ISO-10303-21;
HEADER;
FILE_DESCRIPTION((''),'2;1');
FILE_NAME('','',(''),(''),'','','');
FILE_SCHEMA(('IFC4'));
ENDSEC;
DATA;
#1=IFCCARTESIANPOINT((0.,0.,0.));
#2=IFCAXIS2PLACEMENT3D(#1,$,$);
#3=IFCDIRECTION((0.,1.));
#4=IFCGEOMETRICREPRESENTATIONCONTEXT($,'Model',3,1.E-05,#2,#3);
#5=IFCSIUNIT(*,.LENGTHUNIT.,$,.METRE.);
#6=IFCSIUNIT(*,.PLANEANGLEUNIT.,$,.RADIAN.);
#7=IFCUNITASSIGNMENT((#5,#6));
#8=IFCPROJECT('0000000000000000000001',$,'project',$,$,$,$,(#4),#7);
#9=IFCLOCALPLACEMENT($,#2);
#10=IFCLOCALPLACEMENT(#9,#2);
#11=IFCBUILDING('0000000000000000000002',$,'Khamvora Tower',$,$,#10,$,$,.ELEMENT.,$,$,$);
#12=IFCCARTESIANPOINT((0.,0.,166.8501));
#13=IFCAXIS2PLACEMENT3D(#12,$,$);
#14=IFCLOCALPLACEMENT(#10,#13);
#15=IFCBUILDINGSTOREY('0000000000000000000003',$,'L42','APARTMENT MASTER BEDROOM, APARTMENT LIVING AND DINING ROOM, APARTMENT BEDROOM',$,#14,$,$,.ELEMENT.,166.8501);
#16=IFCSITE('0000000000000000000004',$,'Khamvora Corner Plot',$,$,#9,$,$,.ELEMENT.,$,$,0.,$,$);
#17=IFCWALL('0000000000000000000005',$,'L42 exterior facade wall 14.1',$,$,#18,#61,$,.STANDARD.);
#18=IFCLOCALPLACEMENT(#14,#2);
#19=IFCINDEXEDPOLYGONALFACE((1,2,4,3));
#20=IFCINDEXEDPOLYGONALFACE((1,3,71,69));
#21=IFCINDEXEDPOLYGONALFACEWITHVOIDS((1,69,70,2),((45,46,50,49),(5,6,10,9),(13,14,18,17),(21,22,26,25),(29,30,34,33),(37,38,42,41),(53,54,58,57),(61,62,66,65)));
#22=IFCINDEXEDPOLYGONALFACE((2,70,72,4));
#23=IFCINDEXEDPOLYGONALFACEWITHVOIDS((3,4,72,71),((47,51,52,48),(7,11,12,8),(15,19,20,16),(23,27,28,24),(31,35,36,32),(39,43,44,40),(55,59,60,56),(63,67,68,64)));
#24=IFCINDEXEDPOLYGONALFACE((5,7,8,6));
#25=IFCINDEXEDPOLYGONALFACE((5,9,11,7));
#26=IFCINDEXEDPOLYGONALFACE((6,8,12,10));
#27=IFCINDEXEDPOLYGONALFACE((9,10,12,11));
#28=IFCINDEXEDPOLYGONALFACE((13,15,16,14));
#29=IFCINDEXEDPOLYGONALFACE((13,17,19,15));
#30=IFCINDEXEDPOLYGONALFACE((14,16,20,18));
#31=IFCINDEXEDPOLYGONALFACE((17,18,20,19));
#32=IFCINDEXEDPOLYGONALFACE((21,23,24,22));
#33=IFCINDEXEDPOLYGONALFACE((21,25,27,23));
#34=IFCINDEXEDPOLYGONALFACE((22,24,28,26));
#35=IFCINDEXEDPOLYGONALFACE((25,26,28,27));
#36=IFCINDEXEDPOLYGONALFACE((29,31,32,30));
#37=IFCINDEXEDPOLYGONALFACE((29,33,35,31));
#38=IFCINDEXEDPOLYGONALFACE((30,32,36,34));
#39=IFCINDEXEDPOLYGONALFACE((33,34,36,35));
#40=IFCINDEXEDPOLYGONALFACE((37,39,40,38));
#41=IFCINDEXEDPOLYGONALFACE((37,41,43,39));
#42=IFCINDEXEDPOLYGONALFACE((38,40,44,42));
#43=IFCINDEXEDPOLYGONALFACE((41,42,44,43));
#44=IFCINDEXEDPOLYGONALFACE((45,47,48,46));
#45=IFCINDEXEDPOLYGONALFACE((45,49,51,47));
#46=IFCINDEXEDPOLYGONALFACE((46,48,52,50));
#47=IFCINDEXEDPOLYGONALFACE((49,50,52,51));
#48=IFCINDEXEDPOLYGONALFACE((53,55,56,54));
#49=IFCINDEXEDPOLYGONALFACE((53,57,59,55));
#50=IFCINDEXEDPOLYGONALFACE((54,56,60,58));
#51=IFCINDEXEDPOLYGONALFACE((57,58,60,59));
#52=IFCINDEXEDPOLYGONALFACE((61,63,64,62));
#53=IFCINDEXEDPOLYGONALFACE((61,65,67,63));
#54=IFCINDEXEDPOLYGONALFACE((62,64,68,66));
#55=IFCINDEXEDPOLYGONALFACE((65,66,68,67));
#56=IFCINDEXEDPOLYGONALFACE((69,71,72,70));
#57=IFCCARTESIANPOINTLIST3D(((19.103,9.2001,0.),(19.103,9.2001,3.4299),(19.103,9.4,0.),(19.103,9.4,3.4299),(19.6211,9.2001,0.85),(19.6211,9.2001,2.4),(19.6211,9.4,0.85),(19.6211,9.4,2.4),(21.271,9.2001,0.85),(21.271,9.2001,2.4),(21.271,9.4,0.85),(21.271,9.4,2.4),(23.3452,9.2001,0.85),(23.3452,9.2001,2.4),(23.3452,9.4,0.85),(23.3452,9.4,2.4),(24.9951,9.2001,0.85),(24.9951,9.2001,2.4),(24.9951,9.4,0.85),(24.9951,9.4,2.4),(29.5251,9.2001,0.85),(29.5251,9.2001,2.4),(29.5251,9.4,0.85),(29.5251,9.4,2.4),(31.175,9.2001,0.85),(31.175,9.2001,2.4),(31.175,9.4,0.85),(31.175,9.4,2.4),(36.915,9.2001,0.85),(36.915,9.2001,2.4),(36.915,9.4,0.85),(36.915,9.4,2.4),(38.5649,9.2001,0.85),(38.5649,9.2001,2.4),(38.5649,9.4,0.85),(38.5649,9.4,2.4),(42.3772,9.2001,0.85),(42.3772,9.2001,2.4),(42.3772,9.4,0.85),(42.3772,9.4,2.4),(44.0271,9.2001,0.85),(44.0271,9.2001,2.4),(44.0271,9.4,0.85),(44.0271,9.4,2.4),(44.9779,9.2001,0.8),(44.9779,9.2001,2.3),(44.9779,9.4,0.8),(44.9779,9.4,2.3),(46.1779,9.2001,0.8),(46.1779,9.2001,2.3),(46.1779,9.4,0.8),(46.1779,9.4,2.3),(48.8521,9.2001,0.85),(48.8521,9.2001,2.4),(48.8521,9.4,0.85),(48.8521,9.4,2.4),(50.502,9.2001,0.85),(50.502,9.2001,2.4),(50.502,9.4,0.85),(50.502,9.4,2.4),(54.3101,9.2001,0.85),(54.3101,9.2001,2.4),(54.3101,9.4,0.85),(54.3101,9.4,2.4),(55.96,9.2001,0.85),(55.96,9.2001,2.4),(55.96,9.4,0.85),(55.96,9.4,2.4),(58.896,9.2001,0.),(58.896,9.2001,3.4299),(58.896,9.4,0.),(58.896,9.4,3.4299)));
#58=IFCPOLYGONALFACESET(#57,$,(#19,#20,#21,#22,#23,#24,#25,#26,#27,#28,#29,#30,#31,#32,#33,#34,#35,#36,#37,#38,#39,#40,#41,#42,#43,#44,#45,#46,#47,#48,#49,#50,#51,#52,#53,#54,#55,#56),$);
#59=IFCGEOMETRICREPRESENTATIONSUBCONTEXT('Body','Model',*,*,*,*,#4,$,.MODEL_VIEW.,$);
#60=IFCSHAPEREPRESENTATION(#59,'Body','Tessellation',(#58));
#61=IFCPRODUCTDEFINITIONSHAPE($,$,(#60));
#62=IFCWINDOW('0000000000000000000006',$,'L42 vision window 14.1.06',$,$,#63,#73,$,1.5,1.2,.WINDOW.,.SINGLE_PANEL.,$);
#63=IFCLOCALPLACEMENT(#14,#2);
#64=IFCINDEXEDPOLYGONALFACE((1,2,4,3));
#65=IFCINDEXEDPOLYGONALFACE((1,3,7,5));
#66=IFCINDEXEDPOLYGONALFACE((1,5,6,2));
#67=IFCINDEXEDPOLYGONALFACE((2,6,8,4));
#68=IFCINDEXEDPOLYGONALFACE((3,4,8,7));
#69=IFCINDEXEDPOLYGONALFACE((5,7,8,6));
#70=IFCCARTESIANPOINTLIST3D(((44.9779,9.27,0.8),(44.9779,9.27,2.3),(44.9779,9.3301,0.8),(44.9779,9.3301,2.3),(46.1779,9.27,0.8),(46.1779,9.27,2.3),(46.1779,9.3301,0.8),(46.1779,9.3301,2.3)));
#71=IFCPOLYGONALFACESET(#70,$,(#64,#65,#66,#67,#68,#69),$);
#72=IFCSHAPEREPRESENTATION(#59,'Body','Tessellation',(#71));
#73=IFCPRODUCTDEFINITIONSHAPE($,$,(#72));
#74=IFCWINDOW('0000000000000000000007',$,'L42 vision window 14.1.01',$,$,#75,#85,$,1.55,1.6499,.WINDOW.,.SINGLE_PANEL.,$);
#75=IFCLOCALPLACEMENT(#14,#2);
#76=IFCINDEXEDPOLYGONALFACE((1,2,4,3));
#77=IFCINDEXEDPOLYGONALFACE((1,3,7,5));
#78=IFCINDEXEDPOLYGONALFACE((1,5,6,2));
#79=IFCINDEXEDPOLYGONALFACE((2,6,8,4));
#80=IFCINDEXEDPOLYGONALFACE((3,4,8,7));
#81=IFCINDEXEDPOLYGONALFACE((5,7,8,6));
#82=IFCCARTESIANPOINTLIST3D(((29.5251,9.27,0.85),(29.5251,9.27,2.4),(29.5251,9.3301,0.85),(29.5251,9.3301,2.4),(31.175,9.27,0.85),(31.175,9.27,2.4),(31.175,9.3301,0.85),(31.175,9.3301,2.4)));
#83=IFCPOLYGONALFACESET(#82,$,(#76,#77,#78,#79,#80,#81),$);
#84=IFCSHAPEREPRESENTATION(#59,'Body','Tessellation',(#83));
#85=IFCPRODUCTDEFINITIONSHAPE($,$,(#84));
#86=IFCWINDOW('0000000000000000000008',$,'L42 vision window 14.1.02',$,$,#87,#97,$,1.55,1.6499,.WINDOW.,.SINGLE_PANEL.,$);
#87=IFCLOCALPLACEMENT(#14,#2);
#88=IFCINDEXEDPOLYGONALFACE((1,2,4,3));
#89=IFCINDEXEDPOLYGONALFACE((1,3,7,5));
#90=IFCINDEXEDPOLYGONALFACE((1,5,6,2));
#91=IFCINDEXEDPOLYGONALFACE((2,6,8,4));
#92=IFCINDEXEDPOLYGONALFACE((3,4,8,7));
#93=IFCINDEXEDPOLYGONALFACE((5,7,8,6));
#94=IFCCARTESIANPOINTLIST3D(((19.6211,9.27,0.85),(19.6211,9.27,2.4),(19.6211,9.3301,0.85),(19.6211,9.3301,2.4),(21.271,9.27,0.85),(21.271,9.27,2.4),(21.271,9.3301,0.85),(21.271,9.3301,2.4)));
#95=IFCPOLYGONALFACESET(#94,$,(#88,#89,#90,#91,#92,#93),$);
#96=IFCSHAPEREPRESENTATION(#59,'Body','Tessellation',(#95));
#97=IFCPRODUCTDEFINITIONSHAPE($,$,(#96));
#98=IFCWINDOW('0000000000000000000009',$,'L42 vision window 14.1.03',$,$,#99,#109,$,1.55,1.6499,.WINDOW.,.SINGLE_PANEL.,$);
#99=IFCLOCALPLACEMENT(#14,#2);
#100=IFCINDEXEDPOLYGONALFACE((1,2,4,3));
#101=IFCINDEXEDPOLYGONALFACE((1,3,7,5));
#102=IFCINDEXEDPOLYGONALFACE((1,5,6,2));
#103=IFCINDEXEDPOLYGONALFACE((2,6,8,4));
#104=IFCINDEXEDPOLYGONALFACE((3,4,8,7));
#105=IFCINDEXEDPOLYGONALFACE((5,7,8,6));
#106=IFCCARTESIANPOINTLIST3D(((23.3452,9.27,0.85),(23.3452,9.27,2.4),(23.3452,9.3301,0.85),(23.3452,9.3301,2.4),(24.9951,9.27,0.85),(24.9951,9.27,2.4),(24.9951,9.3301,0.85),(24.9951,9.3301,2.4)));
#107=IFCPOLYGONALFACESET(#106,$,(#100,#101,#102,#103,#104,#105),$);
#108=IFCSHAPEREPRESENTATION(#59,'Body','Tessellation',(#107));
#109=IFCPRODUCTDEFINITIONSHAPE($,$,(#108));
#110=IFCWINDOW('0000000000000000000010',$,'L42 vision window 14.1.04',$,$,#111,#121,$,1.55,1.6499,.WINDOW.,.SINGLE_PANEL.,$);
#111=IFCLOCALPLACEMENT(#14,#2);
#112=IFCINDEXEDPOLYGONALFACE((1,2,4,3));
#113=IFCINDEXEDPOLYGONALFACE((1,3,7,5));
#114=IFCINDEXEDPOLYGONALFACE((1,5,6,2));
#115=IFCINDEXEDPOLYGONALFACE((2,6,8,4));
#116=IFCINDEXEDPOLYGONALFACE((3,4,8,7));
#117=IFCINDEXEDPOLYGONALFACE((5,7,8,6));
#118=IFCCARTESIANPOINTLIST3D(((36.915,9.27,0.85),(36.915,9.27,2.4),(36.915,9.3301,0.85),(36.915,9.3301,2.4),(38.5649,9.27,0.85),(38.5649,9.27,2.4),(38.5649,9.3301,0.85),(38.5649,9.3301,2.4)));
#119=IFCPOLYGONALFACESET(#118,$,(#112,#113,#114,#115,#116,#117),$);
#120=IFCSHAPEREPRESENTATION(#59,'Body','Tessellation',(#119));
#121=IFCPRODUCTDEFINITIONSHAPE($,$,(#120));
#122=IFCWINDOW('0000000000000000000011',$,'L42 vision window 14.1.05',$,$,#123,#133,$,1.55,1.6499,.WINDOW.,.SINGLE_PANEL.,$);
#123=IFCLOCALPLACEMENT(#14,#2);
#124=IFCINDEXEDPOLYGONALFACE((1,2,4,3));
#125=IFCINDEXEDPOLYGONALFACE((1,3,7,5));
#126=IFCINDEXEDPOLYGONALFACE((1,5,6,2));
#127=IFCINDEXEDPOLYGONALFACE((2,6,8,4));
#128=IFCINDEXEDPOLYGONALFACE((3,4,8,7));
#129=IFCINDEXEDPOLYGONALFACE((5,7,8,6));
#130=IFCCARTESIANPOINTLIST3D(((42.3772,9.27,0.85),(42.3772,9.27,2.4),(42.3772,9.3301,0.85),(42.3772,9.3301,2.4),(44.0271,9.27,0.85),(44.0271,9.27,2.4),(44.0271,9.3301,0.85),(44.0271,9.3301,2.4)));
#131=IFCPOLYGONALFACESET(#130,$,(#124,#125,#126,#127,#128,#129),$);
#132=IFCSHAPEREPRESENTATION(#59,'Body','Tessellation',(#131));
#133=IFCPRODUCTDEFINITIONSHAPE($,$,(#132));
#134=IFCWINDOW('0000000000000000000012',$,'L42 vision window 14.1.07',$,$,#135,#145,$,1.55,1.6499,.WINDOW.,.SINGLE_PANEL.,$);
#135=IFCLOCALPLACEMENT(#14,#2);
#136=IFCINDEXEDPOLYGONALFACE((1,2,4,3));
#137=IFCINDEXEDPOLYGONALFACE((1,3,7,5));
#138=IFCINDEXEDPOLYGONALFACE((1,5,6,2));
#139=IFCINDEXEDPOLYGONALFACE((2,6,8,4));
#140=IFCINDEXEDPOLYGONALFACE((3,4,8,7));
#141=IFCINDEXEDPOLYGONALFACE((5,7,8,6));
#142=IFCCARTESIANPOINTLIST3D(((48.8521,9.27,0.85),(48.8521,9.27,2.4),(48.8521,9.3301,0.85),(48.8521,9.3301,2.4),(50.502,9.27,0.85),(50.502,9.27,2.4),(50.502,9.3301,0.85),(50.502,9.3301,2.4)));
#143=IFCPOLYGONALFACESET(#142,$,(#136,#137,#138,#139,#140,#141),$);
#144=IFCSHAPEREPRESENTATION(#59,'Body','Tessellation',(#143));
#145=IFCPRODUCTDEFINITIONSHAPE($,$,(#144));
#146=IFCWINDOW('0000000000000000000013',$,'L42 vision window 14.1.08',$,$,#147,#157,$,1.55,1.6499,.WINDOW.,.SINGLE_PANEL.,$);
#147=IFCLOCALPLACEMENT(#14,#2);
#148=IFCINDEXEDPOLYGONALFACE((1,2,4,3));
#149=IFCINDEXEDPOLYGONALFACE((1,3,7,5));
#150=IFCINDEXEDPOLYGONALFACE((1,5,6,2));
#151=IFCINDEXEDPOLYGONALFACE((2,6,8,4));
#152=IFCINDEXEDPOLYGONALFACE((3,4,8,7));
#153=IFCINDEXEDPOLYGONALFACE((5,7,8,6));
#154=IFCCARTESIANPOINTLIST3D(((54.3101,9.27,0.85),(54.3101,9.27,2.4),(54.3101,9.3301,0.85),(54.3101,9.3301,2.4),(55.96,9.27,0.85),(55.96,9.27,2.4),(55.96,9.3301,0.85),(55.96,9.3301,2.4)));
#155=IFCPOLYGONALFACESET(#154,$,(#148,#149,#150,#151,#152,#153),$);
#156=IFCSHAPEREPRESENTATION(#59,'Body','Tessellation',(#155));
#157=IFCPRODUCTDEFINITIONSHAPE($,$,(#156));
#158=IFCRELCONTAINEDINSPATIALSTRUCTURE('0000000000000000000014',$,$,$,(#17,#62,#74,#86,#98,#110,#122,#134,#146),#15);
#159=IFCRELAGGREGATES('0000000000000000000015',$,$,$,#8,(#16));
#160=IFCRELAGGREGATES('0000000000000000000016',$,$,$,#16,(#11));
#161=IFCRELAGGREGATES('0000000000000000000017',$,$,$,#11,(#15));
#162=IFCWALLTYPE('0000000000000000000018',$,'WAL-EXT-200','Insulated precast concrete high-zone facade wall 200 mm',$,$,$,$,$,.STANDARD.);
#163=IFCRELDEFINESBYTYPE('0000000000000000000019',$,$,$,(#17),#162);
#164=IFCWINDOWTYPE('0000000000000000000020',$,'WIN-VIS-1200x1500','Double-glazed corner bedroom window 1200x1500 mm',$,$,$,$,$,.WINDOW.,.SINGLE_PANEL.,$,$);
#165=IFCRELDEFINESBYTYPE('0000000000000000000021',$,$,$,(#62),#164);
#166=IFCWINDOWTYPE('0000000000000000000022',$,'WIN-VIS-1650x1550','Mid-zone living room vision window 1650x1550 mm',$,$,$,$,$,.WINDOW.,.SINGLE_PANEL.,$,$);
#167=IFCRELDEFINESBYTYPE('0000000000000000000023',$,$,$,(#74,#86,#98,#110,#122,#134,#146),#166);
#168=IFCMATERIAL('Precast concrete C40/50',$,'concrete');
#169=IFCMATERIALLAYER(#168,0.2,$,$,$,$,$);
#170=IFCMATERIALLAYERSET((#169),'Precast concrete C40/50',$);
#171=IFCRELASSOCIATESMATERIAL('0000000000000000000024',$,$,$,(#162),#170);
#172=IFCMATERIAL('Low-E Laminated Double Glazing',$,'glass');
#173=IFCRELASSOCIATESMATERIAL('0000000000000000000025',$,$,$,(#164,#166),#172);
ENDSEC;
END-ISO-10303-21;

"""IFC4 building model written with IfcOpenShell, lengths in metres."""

from ifc_helpers import new_model, si_unit, direction, frame, frame_2d, origin, place, context, subcontext, project, spatial, rectangle, extrude, material, layer, layer_set, type_object, element, fill, save


model = new_model("IFC4")

# Units and contexts
model_context = context("Model", 3, precision=1e-05, world=origin(), true_north=direction((0.0, 1.0)))
body_context = subcontext(model_context, "Body", "Model", "MODEL_VIEW")
ifc_project = project(units=[si_unit("LENGTHUNIT", "METRE"), si_unit("PLANEANGLEUNIT", "RADIAN")], contexts=[model_context])

# Site, building, storey
site_placement = place(None, origin())
site = spatial("IfcSite", under=ifc_project, at=site_placement, Name="Khamvora Corner Plot", CompositionType="ELEMENT", RefElevation=0.0)
building_placement = place(site_placement, origin())
building = spatial("IfcBuilding", under=site, at=building_placement, Name="Khamvora Tower", CompositionType="ELEMENT")
storey_placement = place(building_placement, frame((0.0, 0.0, 166.8501)))
storey = spatial("IfcBuildingStorey", under=building, at=storey_placement, Name="L42", Description="APARTMENT MASTER BEDROOM, APARTMENT LIVING AND DINING ROOM, APARTMENT BEDROOM", CompositionType="ELEMENT", Elevation=166.8501)

# Shared definitions
ifc_material_1 = material(Name="Precast concrete C40/50", Category="concrete")
ifc_layer_1 = layer(ifc_material_1, 0.2)
ifc_layer_set_1 = layer_set([ifc_layer_1], Name="Precast concrete C40/50")
wall_type_1 = type_object("IfcWallType", Name="WAL-EXT-200", Description="Insulated precast concrete high-zone facade wall 200 mm", PredefinedType="STANDARD", material=ifc_layer_set_1)

# Wall, openings, windows
wall_1_placement = place(storey_placement, frame((58.896, 9.3, 0.0), z_axis=(0.0, 0.0, 1.0), x_axis=(-1.0, 0.0, 0.0)))
wall_1 = element("IfcWall", 1, at=wall_1_placement, inside=storey, type_object=wall_type_1, Name="L42 exterior facade wall 14.1", PredefinedType="STANDARD", context=body_context, shape_type="SweptSolid", body=[
    extrude(rectangle(XDim=39.793, YDim=0.2, at=frame_2d((19.8965, 0.0))), origin(), (0.0, 0.0, 1.0), 3.4299),
])
opening_1_placement = place(wall_1_placement, frame((27.7209, 0.0, 0.8501)))
opening_1 = element("IfcOpeningElement", 2, at=opening_1_placement, cuts=wall_1, PredefinedType="OPENING", context=body_context, shape_type="SweptSolid", body=[
    extrude(rectangle(XDim=1.6499, YDim=1.55, at=frame_2d((0.825, 0.7749))), frame((0.0, 0.1099, 0.0), z_axis=(0.0, -1.0, 0.0), x_axis=(1.0, 0.0, 0.0)), (0.0, 0.0, 1.0), 0.22),
])
opening_2_placement = place(wall_1_placement, frame((37.625, 0.0, 0.8501)))
opening_2 = element("IfcOpeningElement", 3, at=opening_2_placement, cuts=wall_1, PredefinedType="OPENING", context=body_context, shape_type="SweptSolid", body=[
    extrude(rectangle(XDim=1.6499, YDim=1.55, at=frame_2d((0.825, 0.7749))), frame((0.0, 0.1099, 0.0), z_axis=(0.0, -1.0, 0.0), x_axis=(1.0, 0.0, 0.0)), (0.0, 0.0, 1.0), 0.22),
])
opening_3_placement = place(wall_1_placement, frame((33.9009, 0.0, 0.8501)))
opening_3 = element("IfcOpeningElement", 4, at=opening_3_placement, cuts=wall_1, PredefinedType="OPENING", context=body_context, shape_type="SweptSolid", body=[
    extrude(rectangle(XDim=1.6499, YDim=1.55, at=frame_2d((0.825, 0.7749))), frame((0.0, 0.1099, 0.0), z_axis=(0.0, -1.0, 0.0), x_axis=(1.0, 0.0, 0.0)), (0.0, 0.0, 1.0), 0.22),
])
opening_4_placement = place(wall_1_placement, frame((20.3311, 0.0, 0.8501)))
opening_4 = element("IfcOpeningElement", 5, at=opening_4_placement, cuts=wall_1, PredefinedType="OPENING", context=body_context, shape_type="SweptSolid", body=[
    extrude(rectangle(XDim=1.6499, YDim=1.55, at=frame_2d((0.825, 0.7749))), frame((0.0, 0.1099, 0.0), z_axis=(0.0, -1.0, 0.0), x_axis=(1.0, 0.0, 0.0)), (0.0, 0.0, 1.0), 0.22),
])
opening_5_placement = place(wall_1_placement, frame((14.8689, 0.0, 0.8501)))
opening_5 = element("IfcOpeningElement", 6, at=opening_5_placement, cuts=wall_1, PredefinedType="OPENING", context=body_context, shape_type="SweptSolid", body=[
    extrude(rectangle(XDim=1.6499, YDim=1.55, at=frame_2d((0.825, 0.7749))), frame((0.0, 0.1099, 0.0), z_axis=(0.0, -1.0, 0.0), x_axis=(1.0, 0.0, 0.0)), (0.0, 0.0, 1.0), 0.22),
])
opening_6_placement = place(wall_1_placement, frame((12.718, 0.0, 0.8)))
opening_6 = element("IfcOpeningElement", 7, at=opening_6_placement, cuts=wall_1, PredefinedType="OPENING", context=body_context, shape_type="SweptSolid", body=[
    extrude(rectangle(XDim=1.2, YDim=1.5, at=frame_2d((0.6001, 0.75))), frame((0.0, 0.1099, 0.0), z_axis=(0.0, -1.0, 0.0), x_axis=(1.0, 0.0, 0.0)), (0.0, 0.0, 1.0), 0.22),
])
opening_7_placement = place(wall_1_placement, frame((8.394, 0.0, 0.8501)))
opening_7 = element("IfcOpeningElement", 8, at=opening_7_placement, cuts=wall_1, PredefinedType="OPENING", context=body_context, shape_type="SweptSolid", body=[
    extrude(rectangle(XDim=1.6499, YDim=1.55, at=frame_2d((0.825, 0.7749))), frame((0.0, 0.1099, 0.0), z_axis=(0.0, -1.0, 0.0), x_axis=(1.0, 0.0, 0.0)), (0.0, 0.0, 1.0), 0.22),
])
opening_8_placement = place(wall_1_placement, frame((2.936, 0.0, 0.8501)))
opening_8 = element("IfcOpeningElement", 9, at=opening_8_placement, cuts=wall_1, PredefinedType="OPENING", context=body_context, shape_type="SweptSolid", body=[
    extrude(rectangle(XDim=1.6499, YDim=1.55, at=frame_2d((0.825, 0.7749))), frame((0.0, 0.1099, 0.0), z_axis=(0.0, -1.0, 0.0), x_axis=(1.0, 0.0, 0.0)), (0.0, 0.0, 1.0), 0.22),
])
ifc_material_2 = material(Name="Low-E Laminated Double Glazing", Category="glass")
window_type_1 = type_object("IfcWindowType", Name="WIN-VIS-1200x1500", Description="Double-glazed corner bedroom window 1200x1500 mm", PartitioningType="SINGLE_PANEL", PredefinedType="WINDOW", material=ifc_material_2)
window_1_placement = place(opening_6_placement, origin())
window_1 = element("IfcWindow", 10, at=window_1_placement, inside=storey, type_object=window_type_1, Name="L42 vision window 14.1.06", OverallHeight=1.5, OverallWidth=1.2, PartitioningType="SINGLE_PANEL", PredefinedType="WINDOW", context=body_context, shape_type="SweptSolid", body=[
    extrude(rectangle(XDim=1.2, YDim=1.5, at=frame_2d((0.6001, 0.75))), frame((0.0, 0.03, 0.0), z_axis=(0.0, -1.0, 0.0), x_axis=(1.0, 0.0, 0.0)), (0.0, 0.0, 1.0), 0.0601),
])
fill(opening_6, window_1)
window_type_2 = type_object("IfcWindowType", Name="WIN-VIS-1650x1550", Description="Mid-zone living room vision window 1650x1550 mm", PartitioningType="SINGLE_PANEL", PredefinedType="WINDOW", material=ifc_material_2)
window_2_placement = place(opening_1_placement, origin())
window_2 = element("IfcWindow", 11, at=window_2_placement, inside=storey, type_object=window_type_2, Name="L42 vision window 14.1.01", OverallHeight=1.55, OverallWidth=1.6499, PartitioningType="SINGLE_PANEL", PredefinedType="WINDOW", context=body_context, shape_type="SweptSolid", body=[
    extrude(rectangle(XDim=1.6499, YDim=1.55, at=frame_2d((0.825, 0.7749))), frame((0.0, 0.03, 0.0), z_axis=(0.0, -1.0, 0.0), x_axis=(1.0, 0.0, 0.0)), (0.0, 0.0, 1.0), 0.0601),
])
fill(opening_1, window_2)
window_3_placement = place(opening_2_placement, origin())
window_3 = element("IfcWindow", 12, at=window_3_placement, inside=storey, type_object=window_type_2, Name="L42 vision window 14.1.02", OverallHeight=1.55, OverallWidth=1.6499, PartitioningType="SINGLE_PANEL", PredefinedType="WINDOW", context=body_context, shape_type="SweptSolid", body=[
    extrude(rectangle(XDim=1.6499, YDim=1.55, at=frame_2d((0.825, 0.7749))), frame((0.0, 0.03, 0.0), z_axis=(0.0, -1.0, 0.0), x_axis=(1.0, 0.0, 0.0)), (0.0, 0.0, 1.0), 0.0601),
])
fill(opening_2, window_3)
window_4_placement = place(opening_3_placement, origin())
window_4 = element("IfcWindow", 13, at=window_4_placement, inside=storey, type_object=window_type_2, Name="L42 vision window 14.1.03", OverallHeight=1.55, OverallWidth=1.6499, PartitioningType="SINGLE_PANEL", PredefinedType="WINDOW", context=body_context, shape_type="SweptSolid", body=[
    extrude(rectangle(XDim=1.6499, YDim=1.55, at=frame_2d((0.825, 0.7749))), frame((0.0, 0.03, 0.0), z_axis=(0.0, -1.0, 0.0), x_axis=(1.0, 0.0, 0.0)), (0.0, 0.0, 1.0), 0.0601),
])
fill(opening_3, window_4)
window_5_placement = place(opening_4_placement, origin())
window_5 = element("IfcWindow", 14, at=window_5_placement, inside=storey, type_object=window_type_2, Name="L42 vision window 14.1.04", OverallHeight=1.55, OverallWidth=1.6499, PartitioningType="SINGLE_PANEL", PredefinedType="WINDOW", context=body_context, shape_type="SweptSolid", body=[
    extrude(rectangle(XDim=1.6499, YDim=1.55, at=frame_2d((0.825, 0.7749))), frame((0.0, 0.03, 0.0), z_axis=(0.0, -1.0, 0.0), x_axis=(1.0, 0.0, 0.0)), (0.0, 0.0, 1.0), 0.0601),
])
fill(opening_4, window_5)
window_6_placement = place(opening_5_placement, origin())
window_6 = element("IfcWindow", 15, at=window_6_placement, inside=storey, type_object=window_type_2, Name="L42 vision window 14.1.05", OverallHeight=1.55, OverallWidth=1.6499, PartitioningType="SINGLE_PANEL", PredefinedType="WINDOW", context=body_context, shape_type="SweptSolid", body=[
    extrude(rectangle(XDim=1.6499, YDim=1.55, at=frame_2d((0.825, 0.7749))), frame((0.0, 0.03, 0.0), z_axis=(0.0, -1.0, 0.0), x_axis=(1.0, 0.0, 0.0)), (0.0, 0.0, 1.0), 0.0601),
])
fill(opening_5, window_6)
window_7_placement = place(opening_7_placement, origin())
window_7 = element("IfcWindow", 16, at=window_7_placement, inside=storey, type_object=window_type_2, Name="L42 vision window 14.1.07", OverallHeight=1.55, OverallWidth=1.6499, PartitioningType="SINGLE_PANEL", PredefinedType="WINDOW", context=body_context, shape_type="SweptSolid", body=[
    extrude(rectangle(XDim=1.6499, YDim=1.55, at=frame_2d((0.825, 0.7749))), frame((0.0, 0.03, 0.0), z_axis=(0.0, -1.0, 0.0), x_axis=(1.0, 0.0, 0.0)), (0.0, 0.0, 1.0), 0.0601),
])
fill(opening_7, window_7)
window_8_placement = place(opening_8_placement, origin())
window_8 = element("IfcWindow", 17, at=window_8_placement, inside=storey, type_object=window_type_2, Name="L42 vision window 14.1.08", OverallHeight=1.55, OverallWidth=1.6499, PartitioningType="SINGLE_PANEL", PredefinedType="WINDOW", context=body_context, shape_type="SweptSolid", body=[
    extrude(rectangle(XDim=1.6499, YDim=1.55, at=frame_2d((0.825, 0.7749))), frame((0.0, 0.03, 0.0), z_axis=(0.0, -1.0, 0.0), x_axis=(1.0, 0.0, 0.0)), (0.0, 0.0, 1.0), 0.0601),
])
fill(opening_8, window_8)

save(model, "model.ifc")
